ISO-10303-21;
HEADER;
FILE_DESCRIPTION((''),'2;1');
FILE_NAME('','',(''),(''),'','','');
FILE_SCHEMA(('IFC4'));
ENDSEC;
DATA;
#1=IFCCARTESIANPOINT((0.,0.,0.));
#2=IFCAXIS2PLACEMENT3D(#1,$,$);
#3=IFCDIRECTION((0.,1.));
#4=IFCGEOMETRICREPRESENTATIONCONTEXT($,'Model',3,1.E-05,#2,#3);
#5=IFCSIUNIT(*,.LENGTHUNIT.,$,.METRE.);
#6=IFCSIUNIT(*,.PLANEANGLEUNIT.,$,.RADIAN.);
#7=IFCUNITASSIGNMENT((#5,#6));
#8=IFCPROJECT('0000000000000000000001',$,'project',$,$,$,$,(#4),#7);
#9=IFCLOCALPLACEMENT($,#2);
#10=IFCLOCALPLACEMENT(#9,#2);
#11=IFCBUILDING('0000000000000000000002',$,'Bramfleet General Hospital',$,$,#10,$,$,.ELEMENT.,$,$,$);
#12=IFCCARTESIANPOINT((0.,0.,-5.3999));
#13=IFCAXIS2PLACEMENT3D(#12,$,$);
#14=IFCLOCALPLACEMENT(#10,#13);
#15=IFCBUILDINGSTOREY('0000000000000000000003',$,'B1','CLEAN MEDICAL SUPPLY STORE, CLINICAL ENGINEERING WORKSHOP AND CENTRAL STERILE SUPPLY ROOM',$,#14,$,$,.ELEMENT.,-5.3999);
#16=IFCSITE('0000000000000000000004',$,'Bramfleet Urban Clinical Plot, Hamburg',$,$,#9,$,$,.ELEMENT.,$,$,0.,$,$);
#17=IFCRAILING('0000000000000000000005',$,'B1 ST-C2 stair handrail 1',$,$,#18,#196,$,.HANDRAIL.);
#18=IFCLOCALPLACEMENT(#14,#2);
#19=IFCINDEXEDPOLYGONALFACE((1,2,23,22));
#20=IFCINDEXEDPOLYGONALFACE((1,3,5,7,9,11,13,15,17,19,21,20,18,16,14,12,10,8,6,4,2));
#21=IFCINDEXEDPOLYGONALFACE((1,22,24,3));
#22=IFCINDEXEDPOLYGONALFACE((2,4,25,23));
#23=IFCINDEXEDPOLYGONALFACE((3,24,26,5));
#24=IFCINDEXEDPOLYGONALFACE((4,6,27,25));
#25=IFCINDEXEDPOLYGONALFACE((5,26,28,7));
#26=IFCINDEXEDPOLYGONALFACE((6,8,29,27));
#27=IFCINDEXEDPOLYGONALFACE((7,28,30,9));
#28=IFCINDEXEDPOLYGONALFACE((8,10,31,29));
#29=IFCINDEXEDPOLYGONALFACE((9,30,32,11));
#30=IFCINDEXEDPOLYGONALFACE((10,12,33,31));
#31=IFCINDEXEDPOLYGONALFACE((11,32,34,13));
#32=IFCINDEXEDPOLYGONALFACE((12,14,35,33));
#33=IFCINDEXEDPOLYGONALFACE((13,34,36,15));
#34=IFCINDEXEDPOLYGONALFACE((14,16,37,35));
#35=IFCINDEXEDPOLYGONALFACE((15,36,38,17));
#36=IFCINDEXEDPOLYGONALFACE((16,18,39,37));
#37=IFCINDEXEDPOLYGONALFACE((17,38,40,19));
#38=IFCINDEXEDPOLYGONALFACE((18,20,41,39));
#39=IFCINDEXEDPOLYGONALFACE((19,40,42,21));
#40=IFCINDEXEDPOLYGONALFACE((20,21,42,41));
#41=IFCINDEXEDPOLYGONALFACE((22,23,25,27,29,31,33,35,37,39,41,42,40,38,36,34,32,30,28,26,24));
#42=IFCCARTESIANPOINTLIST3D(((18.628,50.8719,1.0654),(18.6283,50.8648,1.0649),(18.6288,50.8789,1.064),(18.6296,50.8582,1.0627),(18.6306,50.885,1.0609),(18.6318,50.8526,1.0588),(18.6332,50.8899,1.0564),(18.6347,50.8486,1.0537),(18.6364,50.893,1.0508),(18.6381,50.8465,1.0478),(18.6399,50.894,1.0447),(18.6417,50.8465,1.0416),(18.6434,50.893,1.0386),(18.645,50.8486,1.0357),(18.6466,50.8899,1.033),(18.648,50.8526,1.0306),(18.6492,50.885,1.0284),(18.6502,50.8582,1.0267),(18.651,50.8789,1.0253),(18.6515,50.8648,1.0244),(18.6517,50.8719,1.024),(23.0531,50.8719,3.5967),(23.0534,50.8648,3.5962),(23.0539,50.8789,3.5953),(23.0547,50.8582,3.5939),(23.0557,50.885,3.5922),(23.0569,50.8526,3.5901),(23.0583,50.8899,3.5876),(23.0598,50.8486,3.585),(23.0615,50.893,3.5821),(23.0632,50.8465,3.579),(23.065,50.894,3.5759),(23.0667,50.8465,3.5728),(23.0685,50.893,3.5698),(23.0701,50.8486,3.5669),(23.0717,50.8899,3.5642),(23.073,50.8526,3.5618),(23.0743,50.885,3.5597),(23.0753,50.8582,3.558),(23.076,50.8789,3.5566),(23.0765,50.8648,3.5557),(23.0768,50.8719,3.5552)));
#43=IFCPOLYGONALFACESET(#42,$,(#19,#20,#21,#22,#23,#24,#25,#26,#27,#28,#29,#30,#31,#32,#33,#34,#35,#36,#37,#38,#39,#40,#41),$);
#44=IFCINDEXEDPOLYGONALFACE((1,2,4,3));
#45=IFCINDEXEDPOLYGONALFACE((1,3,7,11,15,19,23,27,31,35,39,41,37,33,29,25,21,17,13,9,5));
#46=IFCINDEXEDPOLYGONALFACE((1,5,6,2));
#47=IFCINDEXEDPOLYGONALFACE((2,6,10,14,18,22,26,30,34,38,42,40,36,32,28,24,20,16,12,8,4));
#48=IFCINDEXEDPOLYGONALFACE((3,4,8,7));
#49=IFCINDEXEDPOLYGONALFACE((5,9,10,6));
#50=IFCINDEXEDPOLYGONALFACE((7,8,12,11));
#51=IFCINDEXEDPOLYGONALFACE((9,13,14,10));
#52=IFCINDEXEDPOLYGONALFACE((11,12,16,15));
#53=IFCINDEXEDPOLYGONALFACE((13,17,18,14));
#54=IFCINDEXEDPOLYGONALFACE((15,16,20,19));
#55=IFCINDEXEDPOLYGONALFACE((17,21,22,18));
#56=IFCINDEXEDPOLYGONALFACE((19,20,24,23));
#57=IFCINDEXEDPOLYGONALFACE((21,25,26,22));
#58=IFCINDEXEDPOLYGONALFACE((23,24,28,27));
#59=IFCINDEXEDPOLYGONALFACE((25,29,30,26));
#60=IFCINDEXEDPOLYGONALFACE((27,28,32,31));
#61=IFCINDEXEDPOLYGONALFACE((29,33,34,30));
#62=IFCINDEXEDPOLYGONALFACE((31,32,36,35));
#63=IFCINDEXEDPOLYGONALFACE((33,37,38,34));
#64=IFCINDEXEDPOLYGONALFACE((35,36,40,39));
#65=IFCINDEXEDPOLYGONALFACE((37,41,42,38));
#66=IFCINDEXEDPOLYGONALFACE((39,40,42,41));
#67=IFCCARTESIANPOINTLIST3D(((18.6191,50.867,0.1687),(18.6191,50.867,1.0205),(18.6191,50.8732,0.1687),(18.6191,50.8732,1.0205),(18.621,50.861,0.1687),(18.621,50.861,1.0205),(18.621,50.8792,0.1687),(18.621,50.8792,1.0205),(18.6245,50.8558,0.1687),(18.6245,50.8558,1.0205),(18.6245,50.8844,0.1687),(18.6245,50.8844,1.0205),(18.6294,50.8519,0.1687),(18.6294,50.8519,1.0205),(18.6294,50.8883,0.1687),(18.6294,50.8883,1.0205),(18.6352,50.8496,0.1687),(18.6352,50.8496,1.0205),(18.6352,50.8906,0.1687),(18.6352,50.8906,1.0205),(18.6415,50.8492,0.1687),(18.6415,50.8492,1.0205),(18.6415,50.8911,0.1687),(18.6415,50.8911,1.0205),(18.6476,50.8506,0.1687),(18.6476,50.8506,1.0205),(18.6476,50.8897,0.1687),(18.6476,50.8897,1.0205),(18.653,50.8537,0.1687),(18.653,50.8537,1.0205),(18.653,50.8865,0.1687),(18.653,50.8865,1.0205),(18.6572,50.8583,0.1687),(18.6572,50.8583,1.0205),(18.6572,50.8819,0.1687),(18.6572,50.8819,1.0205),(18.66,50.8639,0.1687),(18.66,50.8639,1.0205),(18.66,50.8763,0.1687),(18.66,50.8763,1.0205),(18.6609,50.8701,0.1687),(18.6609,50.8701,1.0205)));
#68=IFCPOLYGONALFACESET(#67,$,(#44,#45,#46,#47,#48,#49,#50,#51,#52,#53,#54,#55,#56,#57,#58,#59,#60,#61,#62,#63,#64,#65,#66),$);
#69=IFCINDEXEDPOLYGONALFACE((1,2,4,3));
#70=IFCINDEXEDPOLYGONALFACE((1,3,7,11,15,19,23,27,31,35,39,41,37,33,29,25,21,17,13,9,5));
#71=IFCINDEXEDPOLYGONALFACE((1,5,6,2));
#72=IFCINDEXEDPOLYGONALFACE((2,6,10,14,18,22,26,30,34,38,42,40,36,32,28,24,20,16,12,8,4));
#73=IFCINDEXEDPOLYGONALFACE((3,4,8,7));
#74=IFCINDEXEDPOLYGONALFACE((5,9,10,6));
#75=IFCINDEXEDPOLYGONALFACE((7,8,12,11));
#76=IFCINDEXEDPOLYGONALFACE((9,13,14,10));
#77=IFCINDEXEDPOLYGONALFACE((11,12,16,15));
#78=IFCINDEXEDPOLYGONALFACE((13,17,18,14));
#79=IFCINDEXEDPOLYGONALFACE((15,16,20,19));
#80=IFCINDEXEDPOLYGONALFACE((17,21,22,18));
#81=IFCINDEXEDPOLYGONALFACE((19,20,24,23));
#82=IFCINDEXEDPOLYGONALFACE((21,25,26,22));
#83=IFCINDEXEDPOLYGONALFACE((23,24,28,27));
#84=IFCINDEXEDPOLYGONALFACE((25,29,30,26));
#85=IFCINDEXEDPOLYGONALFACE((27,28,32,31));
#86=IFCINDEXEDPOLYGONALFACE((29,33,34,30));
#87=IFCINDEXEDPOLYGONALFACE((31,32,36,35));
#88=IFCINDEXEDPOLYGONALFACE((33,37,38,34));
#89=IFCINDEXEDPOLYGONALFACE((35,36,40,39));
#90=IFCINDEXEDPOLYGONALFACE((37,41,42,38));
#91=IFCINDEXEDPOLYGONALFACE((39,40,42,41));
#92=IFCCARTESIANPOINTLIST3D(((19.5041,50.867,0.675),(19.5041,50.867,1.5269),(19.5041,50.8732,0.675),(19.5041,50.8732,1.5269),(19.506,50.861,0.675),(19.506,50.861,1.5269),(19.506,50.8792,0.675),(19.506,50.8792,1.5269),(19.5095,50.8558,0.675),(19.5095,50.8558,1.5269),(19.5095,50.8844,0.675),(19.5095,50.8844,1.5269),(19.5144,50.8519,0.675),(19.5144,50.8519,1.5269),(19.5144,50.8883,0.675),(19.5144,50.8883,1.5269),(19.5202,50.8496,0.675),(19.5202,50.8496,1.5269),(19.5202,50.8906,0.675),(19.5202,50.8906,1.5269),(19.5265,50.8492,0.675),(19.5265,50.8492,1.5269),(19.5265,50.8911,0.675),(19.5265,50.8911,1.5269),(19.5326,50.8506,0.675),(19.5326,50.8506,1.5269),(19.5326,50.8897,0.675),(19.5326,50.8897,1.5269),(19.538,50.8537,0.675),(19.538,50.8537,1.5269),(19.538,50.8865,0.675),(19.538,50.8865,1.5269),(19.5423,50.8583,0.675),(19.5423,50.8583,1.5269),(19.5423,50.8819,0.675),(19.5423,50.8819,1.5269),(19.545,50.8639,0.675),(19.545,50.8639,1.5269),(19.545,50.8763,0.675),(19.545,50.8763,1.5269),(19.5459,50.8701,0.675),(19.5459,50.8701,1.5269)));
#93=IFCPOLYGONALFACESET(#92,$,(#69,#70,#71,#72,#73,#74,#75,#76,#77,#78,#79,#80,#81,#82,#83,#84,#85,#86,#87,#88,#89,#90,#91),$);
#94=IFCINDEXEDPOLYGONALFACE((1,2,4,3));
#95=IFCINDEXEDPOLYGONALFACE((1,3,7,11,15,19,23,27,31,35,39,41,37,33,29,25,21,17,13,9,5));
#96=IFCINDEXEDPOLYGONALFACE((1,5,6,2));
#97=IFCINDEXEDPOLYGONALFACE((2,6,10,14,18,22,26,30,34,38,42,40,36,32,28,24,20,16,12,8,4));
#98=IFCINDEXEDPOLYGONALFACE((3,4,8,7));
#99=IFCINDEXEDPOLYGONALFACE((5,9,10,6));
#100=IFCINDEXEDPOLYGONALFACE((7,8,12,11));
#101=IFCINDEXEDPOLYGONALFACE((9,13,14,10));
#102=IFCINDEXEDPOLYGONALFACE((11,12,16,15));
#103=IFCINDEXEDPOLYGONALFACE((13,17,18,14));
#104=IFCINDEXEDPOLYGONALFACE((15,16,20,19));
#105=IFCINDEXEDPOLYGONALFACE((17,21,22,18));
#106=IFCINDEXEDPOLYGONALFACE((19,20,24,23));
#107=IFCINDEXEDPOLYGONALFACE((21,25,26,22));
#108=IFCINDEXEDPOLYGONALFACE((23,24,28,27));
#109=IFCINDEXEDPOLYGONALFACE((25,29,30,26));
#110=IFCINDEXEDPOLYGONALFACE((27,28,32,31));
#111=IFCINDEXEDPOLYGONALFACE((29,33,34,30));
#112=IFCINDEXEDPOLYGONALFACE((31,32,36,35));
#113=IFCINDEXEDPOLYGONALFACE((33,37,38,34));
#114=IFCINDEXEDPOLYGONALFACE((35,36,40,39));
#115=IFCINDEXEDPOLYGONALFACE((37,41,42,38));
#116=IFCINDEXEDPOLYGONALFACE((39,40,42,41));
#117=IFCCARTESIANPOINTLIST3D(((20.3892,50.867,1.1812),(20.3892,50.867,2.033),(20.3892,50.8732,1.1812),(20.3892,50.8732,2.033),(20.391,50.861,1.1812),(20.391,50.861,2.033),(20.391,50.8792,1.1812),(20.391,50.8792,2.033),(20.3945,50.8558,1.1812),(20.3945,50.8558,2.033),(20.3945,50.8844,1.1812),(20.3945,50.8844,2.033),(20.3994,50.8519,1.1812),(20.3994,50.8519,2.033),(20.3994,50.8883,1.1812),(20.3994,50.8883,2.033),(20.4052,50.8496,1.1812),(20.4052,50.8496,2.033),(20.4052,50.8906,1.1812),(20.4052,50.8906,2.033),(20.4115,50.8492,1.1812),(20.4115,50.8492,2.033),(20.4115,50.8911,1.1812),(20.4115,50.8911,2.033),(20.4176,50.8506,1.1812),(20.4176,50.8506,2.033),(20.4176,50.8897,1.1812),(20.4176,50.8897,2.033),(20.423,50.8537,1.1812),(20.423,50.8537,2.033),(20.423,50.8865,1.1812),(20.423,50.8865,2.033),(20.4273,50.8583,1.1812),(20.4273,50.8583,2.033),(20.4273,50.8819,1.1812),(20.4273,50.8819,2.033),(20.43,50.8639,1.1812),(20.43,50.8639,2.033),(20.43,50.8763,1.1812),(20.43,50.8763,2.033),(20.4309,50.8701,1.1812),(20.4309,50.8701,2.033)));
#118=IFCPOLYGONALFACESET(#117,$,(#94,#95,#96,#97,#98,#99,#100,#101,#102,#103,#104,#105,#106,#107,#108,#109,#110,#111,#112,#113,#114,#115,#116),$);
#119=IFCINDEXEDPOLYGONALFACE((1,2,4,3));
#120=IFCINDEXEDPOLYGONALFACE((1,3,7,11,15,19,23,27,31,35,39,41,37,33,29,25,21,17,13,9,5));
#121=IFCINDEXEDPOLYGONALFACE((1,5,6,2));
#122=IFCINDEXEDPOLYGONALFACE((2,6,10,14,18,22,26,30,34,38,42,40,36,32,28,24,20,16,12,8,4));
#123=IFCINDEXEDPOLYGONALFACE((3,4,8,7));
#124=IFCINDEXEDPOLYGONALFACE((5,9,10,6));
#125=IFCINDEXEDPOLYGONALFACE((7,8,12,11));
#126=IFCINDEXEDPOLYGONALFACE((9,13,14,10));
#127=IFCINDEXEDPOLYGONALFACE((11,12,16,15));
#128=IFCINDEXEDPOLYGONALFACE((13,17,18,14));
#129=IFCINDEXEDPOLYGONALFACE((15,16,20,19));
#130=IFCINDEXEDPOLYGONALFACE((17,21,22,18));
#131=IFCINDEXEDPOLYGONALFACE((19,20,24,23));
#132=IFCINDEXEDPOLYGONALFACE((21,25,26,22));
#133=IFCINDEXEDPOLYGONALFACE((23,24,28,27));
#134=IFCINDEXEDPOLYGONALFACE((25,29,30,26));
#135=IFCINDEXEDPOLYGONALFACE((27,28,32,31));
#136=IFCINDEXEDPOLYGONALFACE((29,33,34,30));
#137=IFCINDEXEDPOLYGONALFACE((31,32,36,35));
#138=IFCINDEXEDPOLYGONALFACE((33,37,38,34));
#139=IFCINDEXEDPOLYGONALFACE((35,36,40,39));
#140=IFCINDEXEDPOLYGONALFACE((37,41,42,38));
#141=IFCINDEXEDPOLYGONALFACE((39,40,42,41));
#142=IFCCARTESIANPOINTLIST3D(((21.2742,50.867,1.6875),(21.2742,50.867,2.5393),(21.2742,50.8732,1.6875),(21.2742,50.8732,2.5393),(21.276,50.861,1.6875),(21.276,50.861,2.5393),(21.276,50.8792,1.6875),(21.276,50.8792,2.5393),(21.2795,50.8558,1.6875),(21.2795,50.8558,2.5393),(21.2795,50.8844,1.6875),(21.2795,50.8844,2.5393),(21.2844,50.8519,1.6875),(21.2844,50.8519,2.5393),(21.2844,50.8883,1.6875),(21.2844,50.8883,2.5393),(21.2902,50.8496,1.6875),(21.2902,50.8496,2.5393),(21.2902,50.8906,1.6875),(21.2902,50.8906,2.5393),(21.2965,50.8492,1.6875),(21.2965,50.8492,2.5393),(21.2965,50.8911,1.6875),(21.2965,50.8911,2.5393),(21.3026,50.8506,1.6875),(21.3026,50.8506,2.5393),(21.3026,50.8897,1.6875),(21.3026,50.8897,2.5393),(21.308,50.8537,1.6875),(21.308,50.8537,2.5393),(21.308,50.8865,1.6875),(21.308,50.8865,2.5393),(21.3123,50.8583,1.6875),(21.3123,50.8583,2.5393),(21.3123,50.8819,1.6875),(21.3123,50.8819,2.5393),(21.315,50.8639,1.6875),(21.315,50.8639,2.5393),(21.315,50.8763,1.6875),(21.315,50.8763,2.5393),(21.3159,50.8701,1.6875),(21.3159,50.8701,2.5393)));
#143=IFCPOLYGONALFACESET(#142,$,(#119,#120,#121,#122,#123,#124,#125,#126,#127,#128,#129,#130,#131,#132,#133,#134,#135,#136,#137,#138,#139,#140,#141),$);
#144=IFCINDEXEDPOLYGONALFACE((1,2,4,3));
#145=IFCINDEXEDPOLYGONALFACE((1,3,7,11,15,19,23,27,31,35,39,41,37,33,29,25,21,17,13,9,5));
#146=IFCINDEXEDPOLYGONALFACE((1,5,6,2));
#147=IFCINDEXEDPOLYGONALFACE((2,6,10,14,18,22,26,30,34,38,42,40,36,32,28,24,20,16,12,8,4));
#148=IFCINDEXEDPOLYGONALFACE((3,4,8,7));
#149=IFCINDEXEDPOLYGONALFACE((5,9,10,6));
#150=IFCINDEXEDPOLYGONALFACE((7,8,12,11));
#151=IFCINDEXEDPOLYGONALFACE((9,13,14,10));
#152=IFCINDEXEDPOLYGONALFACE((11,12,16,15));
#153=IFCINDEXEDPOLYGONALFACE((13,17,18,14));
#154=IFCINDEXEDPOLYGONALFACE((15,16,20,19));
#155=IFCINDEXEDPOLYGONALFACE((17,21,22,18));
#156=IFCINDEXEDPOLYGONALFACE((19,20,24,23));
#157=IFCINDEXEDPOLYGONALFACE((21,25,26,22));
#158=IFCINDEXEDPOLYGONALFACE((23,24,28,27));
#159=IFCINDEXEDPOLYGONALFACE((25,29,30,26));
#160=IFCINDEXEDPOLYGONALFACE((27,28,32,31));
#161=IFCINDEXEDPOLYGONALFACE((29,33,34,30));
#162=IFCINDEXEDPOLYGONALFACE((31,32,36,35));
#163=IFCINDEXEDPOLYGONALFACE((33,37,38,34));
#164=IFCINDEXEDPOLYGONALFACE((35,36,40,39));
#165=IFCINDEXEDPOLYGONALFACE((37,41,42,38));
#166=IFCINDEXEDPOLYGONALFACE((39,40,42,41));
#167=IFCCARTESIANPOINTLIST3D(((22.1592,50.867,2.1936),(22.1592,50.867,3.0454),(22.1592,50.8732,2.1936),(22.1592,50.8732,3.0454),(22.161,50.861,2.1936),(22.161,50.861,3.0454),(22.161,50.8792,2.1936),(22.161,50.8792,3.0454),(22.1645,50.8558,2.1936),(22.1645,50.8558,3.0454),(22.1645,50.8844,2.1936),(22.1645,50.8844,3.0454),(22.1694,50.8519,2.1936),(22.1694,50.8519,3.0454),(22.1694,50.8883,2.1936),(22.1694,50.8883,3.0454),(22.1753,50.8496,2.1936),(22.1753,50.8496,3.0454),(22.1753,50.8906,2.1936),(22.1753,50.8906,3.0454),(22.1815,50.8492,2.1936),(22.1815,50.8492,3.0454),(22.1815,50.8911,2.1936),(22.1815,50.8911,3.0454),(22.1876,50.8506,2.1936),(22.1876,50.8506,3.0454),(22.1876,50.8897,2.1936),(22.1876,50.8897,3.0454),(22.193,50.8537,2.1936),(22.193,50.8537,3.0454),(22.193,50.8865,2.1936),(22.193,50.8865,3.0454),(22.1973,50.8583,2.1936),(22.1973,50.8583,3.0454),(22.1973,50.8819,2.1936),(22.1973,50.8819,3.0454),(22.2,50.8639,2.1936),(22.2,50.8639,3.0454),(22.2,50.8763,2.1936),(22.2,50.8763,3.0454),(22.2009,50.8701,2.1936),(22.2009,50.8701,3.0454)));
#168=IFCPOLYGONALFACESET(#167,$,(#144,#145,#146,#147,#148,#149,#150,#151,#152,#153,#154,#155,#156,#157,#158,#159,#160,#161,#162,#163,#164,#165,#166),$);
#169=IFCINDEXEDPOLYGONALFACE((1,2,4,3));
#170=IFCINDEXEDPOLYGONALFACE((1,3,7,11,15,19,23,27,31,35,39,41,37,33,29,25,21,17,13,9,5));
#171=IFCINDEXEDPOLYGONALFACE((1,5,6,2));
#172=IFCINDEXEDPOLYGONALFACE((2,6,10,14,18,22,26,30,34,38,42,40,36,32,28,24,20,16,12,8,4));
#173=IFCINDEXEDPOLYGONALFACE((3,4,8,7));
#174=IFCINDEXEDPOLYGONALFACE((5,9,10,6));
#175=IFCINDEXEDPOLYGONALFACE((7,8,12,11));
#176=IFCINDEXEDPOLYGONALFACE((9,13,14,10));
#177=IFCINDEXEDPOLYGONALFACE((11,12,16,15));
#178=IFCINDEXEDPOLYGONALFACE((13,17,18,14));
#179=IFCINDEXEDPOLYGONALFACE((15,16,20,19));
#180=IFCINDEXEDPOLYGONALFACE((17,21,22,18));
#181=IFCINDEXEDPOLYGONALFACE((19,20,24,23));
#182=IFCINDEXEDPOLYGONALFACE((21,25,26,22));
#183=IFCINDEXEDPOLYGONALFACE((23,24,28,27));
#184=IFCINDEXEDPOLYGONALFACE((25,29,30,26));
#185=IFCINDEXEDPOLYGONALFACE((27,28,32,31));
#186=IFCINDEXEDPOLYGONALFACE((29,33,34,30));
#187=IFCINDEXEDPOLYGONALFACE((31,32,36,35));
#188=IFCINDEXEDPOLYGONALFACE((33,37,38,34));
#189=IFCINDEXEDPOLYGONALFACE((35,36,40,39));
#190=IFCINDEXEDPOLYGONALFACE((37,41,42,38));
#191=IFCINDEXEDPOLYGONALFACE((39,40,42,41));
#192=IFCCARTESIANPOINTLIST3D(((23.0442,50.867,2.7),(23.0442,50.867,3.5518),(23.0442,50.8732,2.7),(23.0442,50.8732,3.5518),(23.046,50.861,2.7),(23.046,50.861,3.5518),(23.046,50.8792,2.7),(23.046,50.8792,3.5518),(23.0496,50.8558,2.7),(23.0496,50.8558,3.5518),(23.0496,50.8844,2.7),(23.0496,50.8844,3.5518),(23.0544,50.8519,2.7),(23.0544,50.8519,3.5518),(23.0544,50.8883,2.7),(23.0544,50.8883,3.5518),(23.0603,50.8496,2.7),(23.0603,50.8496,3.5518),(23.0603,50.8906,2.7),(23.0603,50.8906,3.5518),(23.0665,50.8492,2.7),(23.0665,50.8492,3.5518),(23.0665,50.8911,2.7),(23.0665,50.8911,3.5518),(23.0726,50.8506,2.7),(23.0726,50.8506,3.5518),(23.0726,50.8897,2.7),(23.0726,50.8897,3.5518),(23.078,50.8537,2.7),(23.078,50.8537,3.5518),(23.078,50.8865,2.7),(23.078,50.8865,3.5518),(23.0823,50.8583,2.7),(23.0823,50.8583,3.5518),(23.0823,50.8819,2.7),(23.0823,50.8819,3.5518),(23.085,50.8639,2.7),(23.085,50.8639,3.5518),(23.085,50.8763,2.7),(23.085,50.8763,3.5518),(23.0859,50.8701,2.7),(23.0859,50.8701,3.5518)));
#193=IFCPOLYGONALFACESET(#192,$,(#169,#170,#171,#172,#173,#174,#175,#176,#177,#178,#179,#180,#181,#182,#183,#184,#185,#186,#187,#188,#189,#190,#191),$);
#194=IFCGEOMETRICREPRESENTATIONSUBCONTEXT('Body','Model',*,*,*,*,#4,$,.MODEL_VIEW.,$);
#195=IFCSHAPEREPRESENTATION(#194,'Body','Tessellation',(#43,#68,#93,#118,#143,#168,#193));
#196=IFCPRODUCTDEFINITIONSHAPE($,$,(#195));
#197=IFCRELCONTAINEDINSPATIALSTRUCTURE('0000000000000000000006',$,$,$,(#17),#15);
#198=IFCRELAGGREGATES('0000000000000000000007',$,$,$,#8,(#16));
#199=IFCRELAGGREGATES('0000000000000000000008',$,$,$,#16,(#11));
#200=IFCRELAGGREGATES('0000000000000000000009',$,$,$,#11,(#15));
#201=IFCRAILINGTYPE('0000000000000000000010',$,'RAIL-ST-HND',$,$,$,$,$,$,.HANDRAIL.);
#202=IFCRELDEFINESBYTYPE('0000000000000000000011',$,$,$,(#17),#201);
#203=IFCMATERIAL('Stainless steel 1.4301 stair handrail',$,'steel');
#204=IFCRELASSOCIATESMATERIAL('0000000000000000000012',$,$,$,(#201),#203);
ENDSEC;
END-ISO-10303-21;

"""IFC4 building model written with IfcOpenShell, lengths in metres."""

from ifc_helpers import new_model, si_unit, direction, frame, origin, origin_2d, place, context, subcontext, project, spatial, circle, extrude, material, type_object, element, save


model = new_model("IFC4")

# Units and contexts
model_context = context("Model", 3, precision=1e-05, world=origin(), true_north=direction((0.0, 1.0)))
body_context = subcontext(model_context, "Body", "Model", "MODEL_VIEW")
ifc_project = project(units=[si_unit("LENGTHUNIT", "METRE"), si_unit("PLANEANGLEUNIT", "RADIAN")], contexts=[model_context])

# Site, building, storey
site_placement = place(None, origin())
site = spatial("IfcSite", under=ifc_project, at=site_placement, Name="Bramfleet Urban Clinical Plot, Hamburg", CompositionType="ELEMENT", RefElevation=0.0)
building_placement = place(site_placement, origin())
building = spatial("IfcBuilding", under=site, at=building_placement, Name="Bramfleet General Hospital", CompositionType="ELEMENT")
storey_placement = place(building_placement, frame((0.0, 0.0, -5.3999)))
storey = spatial("IfcBuildingStorey", under=building, at=storey_placement, Name="B1", Description="CLEAN MEDICAL SUPPLY STORE, CLINICAL ENGINEERING WORKSHOP AND CENTRAL STERILE SUPPLY ROOM", CompositionType="ELEMENT", Elevation=-5.3999)

# Railing
ifc_material_1 = material(Name="Stainless steel 1.4301 stair handrail", Category="steel")
railing_type_1 = type_object("IfcRailingType", Name="RAIL-ST-HND", PredefinedType="HANDRAIL", material=ifc_material_1)
railing_1_placement = place(storey_placement, frame((18.6399, 50.8701, 0.1687)))
element("IfcRailing", 1, at=railing_1_placement, inside=storey, type_object=railing_type_1, Name="B1 ST-C2 stair handrail 1", PredefinedType="HANDRAIL", context=body_context, shape_type="SweptSolid", body=[
    extrude(circle(Radius=0.0239, at=origin_2d()), frame((0.0, 0.0, 0.876), z_axis=(0.868019, 0.0, 0.496531), x_axis=(0.0, 1.0, 0.0)), (0.0, 0.0, 1.0), 5.0979),
    extrude(circle(Radius=0.021, at=origin_2d()), origin(), (0.0, 0.0, 1.0), 0.8518),
    extrude(circle(Radius=0.021, at=origin_2d()), frame((0.885, 0.0, 0.5063)), (0.0, 0.0, 1.0), 0.8518),
    extrude(circle(Radius=0.021, at=origin_2d()), frame((1.77, 0.0, 1.0125)), (0.0, 0.0, 1.0), 0.8518),
    extrude(circle(Radius=0.021, at=origin_2d()), frame((2.655, 0.0, 1.5188)), (0.0, 0.0, 1.0), 0.8518),
    extrude(circle(Radius=0.021, at=origin_2d()), frame((3.54, 0.0, 2.0249)), (0.0, 0.0, 1.0), 0.8518),
    extrude(circle(Radius=0.021, at=origin_2d()), frame((4.425, 0.0, 2.5312)), (0.0, 0.0, 1.0), 0.8518),
])

save(model, "model.ifc")
